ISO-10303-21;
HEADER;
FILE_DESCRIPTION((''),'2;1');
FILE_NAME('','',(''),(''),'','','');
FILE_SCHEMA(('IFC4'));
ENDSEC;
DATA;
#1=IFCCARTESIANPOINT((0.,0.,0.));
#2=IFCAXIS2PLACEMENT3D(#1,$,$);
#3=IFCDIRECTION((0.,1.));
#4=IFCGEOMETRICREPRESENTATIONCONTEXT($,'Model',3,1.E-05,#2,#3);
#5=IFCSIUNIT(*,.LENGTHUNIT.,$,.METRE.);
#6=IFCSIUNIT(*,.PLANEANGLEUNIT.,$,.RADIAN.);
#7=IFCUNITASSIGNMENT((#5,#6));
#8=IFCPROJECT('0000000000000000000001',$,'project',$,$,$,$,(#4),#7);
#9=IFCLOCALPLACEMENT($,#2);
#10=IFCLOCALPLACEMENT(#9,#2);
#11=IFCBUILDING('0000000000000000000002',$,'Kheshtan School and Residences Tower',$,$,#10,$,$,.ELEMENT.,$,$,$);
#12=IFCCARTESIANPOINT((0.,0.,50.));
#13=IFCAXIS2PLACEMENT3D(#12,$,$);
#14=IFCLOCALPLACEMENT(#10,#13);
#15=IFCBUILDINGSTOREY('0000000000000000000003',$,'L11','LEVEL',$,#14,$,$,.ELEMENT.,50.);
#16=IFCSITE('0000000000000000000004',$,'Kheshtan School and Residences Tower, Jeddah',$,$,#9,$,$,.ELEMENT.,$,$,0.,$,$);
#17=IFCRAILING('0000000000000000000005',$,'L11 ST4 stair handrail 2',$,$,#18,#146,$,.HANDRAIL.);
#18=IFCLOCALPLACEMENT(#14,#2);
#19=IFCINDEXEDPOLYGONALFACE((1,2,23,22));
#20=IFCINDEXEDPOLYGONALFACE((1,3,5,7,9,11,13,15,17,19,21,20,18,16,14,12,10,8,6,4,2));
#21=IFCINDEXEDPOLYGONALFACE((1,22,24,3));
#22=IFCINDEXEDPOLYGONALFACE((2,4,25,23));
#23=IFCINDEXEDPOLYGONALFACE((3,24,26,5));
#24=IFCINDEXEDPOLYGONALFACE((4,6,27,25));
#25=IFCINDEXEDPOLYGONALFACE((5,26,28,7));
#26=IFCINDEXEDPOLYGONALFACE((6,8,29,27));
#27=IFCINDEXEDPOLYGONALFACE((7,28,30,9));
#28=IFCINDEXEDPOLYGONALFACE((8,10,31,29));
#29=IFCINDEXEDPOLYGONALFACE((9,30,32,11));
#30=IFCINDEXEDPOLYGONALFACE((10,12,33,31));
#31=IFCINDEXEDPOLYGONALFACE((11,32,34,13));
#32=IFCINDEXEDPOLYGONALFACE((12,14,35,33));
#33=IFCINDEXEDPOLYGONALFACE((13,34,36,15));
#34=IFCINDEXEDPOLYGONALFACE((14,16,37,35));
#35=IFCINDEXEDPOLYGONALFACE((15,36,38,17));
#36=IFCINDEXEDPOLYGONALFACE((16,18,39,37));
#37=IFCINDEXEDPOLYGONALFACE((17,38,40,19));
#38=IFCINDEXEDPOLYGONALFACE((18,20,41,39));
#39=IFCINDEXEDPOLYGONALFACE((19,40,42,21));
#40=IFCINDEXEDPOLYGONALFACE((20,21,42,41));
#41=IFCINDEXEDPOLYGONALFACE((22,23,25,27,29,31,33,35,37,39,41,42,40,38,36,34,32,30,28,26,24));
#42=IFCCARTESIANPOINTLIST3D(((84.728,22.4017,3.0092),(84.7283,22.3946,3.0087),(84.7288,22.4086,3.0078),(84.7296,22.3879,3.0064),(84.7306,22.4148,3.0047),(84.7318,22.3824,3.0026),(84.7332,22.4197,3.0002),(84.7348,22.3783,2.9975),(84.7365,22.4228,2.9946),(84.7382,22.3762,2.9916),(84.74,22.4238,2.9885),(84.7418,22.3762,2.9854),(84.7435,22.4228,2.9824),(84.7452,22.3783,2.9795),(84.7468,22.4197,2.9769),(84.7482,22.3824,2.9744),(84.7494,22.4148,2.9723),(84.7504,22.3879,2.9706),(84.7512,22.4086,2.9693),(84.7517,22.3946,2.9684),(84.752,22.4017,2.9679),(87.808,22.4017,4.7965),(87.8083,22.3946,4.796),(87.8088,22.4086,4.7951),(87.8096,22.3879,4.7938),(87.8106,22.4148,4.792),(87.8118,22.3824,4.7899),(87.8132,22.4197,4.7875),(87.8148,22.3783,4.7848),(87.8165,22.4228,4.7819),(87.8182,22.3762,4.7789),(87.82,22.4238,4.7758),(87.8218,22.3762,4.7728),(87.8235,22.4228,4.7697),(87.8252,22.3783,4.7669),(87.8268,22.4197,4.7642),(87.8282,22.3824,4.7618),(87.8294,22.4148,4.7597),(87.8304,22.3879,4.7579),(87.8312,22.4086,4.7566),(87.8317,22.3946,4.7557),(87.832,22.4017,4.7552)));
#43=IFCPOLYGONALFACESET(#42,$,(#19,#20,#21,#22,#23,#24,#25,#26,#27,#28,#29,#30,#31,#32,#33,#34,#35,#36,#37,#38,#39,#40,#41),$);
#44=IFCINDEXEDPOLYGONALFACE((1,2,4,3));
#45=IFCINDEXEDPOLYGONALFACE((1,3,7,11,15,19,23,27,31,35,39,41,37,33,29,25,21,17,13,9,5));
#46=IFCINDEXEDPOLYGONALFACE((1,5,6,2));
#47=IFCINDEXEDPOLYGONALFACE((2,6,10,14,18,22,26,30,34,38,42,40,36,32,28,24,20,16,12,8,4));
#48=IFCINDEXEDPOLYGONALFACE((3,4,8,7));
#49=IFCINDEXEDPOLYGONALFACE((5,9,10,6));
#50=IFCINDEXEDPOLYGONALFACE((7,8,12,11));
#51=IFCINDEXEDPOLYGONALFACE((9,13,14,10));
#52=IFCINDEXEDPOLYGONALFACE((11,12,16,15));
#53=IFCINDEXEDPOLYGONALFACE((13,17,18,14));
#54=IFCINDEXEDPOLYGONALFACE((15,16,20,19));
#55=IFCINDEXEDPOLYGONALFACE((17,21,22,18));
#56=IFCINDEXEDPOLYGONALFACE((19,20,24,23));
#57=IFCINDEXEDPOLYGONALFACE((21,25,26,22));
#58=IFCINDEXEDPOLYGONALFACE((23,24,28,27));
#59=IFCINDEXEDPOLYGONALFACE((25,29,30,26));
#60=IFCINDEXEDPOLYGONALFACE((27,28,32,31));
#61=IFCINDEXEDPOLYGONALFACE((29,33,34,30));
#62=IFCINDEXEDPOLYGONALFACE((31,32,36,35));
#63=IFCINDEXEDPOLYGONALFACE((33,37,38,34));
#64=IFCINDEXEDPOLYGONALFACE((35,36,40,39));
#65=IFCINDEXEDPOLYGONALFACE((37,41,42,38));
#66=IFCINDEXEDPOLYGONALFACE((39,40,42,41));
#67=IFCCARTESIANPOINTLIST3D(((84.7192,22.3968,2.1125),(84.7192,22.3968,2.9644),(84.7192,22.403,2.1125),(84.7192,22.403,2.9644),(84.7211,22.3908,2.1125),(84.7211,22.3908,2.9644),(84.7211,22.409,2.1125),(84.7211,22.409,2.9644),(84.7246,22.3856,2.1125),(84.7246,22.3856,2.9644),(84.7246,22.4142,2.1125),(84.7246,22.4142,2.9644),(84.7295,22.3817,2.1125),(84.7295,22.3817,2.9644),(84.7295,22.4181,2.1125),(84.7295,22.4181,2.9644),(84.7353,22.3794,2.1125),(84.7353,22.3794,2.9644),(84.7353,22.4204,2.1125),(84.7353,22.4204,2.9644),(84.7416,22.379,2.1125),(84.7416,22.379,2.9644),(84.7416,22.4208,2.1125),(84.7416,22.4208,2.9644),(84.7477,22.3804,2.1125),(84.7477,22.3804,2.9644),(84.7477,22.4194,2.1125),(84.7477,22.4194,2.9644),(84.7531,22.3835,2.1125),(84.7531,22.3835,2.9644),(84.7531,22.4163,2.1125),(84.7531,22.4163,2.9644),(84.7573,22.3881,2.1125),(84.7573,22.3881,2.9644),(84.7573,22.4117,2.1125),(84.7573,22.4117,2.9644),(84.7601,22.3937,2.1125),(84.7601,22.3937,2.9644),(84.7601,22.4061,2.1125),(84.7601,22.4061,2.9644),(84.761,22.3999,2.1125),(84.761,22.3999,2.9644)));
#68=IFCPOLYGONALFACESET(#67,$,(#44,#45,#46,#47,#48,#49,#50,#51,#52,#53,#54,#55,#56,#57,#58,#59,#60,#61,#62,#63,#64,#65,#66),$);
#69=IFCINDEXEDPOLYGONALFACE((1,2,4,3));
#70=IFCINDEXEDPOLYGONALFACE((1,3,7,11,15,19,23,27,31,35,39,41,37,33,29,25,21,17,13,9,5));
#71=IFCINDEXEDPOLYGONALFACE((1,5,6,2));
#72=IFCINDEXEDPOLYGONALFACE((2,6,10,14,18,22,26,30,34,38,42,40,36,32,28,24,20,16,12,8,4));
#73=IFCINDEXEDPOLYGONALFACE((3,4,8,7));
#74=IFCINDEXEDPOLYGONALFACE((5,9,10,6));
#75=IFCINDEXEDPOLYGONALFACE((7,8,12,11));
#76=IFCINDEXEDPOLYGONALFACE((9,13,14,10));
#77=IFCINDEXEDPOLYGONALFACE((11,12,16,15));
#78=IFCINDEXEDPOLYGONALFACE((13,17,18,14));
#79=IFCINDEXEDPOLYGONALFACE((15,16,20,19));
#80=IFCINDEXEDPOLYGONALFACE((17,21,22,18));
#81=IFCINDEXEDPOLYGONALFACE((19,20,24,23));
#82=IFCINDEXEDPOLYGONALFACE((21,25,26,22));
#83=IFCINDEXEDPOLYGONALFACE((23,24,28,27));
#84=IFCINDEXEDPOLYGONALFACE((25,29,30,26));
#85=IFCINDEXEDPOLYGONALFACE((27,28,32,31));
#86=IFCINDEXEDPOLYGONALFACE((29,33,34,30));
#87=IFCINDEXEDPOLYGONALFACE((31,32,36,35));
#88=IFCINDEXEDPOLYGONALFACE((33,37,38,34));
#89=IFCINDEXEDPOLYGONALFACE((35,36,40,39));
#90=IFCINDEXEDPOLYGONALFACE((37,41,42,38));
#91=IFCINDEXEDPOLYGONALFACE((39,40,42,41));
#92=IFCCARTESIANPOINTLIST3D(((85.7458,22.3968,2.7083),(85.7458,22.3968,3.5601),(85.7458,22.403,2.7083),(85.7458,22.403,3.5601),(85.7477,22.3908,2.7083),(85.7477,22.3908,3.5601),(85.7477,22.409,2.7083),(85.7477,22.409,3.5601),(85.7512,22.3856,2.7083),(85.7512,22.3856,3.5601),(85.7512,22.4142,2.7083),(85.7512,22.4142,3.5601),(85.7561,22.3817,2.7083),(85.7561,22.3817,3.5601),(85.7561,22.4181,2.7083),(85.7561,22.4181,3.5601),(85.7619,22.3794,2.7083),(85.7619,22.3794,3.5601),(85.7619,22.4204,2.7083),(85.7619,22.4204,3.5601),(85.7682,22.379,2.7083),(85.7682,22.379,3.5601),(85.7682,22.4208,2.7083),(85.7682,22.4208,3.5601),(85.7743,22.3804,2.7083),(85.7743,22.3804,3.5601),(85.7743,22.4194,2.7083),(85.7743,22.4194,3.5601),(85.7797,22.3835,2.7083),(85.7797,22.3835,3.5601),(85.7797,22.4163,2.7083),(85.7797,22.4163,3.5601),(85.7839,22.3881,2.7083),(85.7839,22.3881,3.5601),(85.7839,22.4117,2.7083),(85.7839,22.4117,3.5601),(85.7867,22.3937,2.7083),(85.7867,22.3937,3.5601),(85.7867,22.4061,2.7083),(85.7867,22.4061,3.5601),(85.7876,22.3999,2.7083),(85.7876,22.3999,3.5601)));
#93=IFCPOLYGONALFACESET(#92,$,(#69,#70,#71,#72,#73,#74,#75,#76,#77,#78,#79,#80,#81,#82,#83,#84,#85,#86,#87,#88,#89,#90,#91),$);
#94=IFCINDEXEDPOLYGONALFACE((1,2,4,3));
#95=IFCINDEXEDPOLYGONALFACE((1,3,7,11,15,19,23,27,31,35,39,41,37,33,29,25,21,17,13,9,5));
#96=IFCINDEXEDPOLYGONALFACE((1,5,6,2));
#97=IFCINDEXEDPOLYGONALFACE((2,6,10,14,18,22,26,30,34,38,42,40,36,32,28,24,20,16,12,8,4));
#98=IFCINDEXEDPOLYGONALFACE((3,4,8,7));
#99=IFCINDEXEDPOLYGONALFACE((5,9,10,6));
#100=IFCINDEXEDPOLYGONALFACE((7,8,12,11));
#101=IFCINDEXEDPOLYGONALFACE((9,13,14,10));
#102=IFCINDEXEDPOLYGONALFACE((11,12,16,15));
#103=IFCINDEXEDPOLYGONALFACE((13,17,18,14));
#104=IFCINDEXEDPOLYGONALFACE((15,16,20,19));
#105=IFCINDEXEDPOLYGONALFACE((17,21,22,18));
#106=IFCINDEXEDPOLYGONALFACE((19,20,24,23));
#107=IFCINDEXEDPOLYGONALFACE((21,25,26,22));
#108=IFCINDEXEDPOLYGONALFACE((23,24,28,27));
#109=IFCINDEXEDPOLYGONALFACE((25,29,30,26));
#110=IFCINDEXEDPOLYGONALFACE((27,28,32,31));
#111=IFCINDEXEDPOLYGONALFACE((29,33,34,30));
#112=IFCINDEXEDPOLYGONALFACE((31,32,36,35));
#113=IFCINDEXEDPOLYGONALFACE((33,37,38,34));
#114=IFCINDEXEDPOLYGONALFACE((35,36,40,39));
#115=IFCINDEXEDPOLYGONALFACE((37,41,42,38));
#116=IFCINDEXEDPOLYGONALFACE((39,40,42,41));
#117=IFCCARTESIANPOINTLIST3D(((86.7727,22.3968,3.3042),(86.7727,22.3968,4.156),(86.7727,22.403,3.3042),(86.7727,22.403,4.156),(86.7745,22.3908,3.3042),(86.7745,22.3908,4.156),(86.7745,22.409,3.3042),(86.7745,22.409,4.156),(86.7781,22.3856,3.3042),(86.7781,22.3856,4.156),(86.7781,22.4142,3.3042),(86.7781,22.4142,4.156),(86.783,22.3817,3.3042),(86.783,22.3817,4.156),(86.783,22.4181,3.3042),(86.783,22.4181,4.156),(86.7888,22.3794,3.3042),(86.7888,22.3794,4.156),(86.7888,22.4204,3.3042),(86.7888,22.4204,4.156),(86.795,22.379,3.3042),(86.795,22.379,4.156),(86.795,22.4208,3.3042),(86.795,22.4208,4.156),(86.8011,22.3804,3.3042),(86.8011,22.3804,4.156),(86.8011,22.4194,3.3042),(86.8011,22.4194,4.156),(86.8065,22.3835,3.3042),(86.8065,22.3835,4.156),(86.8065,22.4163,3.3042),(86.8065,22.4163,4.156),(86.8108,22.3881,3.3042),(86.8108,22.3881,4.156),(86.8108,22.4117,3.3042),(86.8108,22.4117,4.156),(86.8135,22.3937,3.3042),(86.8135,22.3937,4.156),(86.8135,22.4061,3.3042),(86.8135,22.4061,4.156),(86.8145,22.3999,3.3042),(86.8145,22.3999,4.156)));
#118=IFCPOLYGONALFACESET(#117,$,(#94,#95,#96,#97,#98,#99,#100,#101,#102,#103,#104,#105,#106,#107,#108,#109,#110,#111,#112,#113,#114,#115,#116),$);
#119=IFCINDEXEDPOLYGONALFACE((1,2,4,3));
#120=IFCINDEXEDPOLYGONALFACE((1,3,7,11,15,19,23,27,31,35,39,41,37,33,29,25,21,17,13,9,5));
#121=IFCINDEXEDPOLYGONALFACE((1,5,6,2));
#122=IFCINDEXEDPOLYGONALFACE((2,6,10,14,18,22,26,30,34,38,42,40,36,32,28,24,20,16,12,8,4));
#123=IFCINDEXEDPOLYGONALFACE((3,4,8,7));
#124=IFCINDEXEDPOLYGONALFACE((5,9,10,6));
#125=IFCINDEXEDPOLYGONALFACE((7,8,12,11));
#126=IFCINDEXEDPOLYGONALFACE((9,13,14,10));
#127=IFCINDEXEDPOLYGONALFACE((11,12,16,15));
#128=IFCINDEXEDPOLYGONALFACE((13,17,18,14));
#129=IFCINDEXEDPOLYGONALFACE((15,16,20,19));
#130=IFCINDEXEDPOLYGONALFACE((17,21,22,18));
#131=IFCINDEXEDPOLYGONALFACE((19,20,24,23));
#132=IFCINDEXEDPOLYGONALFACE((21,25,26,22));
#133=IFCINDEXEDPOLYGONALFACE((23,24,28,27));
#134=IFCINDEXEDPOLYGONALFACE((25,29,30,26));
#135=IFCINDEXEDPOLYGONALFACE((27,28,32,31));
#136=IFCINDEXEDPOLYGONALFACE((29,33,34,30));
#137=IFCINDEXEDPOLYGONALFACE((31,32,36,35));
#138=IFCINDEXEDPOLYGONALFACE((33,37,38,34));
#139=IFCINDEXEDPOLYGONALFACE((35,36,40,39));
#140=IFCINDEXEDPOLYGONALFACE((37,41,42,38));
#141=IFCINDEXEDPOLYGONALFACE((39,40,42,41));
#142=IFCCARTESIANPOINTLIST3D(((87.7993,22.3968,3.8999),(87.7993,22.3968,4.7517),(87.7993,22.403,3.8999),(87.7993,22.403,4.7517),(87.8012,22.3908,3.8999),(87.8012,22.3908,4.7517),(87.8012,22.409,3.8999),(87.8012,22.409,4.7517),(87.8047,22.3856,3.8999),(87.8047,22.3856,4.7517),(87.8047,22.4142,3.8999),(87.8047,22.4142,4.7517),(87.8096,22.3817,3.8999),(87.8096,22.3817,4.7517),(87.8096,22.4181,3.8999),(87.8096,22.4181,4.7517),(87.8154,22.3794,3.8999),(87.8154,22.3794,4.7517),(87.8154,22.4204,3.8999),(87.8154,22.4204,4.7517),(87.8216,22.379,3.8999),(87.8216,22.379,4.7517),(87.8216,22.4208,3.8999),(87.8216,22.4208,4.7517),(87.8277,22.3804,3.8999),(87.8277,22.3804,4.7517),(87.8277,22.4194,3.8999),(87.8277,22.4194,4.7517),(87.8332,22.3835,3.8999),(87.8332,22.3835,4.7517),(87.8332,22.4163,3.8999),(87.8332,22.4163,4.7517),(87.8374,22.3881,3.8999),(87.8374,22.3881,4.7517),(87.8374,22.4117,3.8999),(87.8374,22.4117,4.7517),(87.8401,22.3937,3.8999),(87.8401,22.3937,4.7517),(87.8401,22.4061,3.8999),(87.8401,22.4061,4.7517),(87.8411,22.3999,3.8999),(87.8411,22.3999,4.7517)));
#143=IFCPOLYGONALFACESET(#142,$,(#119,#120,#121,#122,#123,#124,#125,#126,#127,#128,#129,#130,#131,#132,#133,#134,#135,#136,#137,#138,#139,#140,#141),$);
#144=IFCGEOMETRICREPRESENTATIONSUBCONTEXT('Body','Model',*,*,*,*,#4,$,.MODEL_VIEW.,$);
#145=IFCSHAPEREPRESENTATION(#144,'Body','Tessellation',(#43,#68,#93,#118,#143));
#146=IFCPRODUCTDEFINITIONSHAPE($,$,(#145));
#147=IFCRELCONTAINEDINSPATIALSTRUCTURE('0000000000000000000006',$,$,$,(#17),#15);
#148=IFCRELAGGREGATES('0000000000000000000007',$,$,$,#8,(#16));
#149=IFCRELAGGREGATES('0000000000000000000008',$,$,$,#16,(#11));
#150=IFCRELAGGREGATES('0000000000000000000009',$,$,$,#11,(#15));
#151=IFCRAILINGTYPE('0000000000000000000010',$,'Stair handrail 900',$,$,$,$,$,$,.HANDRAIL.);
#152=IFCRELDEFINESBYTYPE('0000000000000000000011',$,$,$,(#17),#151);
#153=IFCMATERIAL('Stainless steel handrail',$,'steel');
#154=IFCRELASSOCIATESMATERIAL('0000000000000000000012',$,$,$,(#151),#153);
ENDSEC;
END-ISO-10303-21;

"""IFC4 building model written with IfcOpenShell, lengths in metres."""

from ifc_helpers import new_model, si_unit, direction, frame, origin, origin_2d, place, context, subcontext, project, spatial, circle, extrude, material, type_object, element, save


model = new_model("IFC4")

# Units and contexts
model_context = context("Model", 3, precision=1e-05, world=origin(), true_north=direction((0.0, 1.0)))
body_context = subcontext(model_context, "Body", "Model", "MODEL_VIEW")
ifc_project = project(units=[si_unit("LENGTHUNIT", "METRE"), si_unit("PLANEANGLEUNIT", "RADIAN")], contexts=[model_context])

# Site, building, storey
site_placement = place(None, origin())
site = spatial("IfcSite", under=ifc_project, at=site_placement, Name="Kheshtan School and Residences Tower, Jeddah", CompositionType="ELEMENT", RefElevation=0.0)
building_placement = place(site_placement, origin())
building = spatial("IfcBuilding", under=site, at=building_placement, Name="Kheshtan School and Residences Tower", CompositionType="ELEMENT")
storey_placement = place(building_placement, frame((0.0, 0.0, 50.0)))
storey = spatial("IfcBuildingStorey", under=building, at=storey_placement, Name="L11", Description="LEVEL", CompositionType="ELEMENT", Elevation=50.0)

# Railing
ifc_material_1 = material(Name="Stainless steel handrail", Category="steel")
railing_type_1 = type_object("IfcRailingType", Name="Stair handrail 900", PredefinedType="HANDRAIL", material=ifc_material_1)
railing_1_placement = place(storey_placement, frame((84.74, 22.3999, 2.1125)))
element("IfcRailing", 1, at=railing_1_placement, inside=storey, type_object=railing_type_1, Name="L11 ST4 stair handrail 2", PredefinedType="HANDRAIL", context=body_context, shape_type="SweptSolid", body=[
    extrude(circle(Radius=0.0239, at=origin_2d()), frame((0.0, 0.0, 0.876), z_axis=(0.86492, 0.0, 0.501909), x_axis=(0.0, 1.0, 0.0)), (0.0, 0.0, 1.0), 3.561),
    extrude(circle(Radius=0.021, at=origin_2d()), origin(), (0.0, 0.0, 1.0), 0.8518),
    extrude(circle(Radius=0.021, at=origin_2d()), frame((1.0266, 0.0, 0.5957)), (0.0, 0.0, 1.0), 0.8518),
    extrude(circle(Radius=0.021, at=origin_2d()), frame((2.0535, 0.0, 1.1917)), (0.0, 0.0, 1.0), 0.8518),
    extrude(circle(Radius=0.021, at=origin_2d()), frame((3.0801, 0.0, 1.7874)), (0.0, 0.0, 1.0), 0.8518),
])

save(model, "model.ifc")
